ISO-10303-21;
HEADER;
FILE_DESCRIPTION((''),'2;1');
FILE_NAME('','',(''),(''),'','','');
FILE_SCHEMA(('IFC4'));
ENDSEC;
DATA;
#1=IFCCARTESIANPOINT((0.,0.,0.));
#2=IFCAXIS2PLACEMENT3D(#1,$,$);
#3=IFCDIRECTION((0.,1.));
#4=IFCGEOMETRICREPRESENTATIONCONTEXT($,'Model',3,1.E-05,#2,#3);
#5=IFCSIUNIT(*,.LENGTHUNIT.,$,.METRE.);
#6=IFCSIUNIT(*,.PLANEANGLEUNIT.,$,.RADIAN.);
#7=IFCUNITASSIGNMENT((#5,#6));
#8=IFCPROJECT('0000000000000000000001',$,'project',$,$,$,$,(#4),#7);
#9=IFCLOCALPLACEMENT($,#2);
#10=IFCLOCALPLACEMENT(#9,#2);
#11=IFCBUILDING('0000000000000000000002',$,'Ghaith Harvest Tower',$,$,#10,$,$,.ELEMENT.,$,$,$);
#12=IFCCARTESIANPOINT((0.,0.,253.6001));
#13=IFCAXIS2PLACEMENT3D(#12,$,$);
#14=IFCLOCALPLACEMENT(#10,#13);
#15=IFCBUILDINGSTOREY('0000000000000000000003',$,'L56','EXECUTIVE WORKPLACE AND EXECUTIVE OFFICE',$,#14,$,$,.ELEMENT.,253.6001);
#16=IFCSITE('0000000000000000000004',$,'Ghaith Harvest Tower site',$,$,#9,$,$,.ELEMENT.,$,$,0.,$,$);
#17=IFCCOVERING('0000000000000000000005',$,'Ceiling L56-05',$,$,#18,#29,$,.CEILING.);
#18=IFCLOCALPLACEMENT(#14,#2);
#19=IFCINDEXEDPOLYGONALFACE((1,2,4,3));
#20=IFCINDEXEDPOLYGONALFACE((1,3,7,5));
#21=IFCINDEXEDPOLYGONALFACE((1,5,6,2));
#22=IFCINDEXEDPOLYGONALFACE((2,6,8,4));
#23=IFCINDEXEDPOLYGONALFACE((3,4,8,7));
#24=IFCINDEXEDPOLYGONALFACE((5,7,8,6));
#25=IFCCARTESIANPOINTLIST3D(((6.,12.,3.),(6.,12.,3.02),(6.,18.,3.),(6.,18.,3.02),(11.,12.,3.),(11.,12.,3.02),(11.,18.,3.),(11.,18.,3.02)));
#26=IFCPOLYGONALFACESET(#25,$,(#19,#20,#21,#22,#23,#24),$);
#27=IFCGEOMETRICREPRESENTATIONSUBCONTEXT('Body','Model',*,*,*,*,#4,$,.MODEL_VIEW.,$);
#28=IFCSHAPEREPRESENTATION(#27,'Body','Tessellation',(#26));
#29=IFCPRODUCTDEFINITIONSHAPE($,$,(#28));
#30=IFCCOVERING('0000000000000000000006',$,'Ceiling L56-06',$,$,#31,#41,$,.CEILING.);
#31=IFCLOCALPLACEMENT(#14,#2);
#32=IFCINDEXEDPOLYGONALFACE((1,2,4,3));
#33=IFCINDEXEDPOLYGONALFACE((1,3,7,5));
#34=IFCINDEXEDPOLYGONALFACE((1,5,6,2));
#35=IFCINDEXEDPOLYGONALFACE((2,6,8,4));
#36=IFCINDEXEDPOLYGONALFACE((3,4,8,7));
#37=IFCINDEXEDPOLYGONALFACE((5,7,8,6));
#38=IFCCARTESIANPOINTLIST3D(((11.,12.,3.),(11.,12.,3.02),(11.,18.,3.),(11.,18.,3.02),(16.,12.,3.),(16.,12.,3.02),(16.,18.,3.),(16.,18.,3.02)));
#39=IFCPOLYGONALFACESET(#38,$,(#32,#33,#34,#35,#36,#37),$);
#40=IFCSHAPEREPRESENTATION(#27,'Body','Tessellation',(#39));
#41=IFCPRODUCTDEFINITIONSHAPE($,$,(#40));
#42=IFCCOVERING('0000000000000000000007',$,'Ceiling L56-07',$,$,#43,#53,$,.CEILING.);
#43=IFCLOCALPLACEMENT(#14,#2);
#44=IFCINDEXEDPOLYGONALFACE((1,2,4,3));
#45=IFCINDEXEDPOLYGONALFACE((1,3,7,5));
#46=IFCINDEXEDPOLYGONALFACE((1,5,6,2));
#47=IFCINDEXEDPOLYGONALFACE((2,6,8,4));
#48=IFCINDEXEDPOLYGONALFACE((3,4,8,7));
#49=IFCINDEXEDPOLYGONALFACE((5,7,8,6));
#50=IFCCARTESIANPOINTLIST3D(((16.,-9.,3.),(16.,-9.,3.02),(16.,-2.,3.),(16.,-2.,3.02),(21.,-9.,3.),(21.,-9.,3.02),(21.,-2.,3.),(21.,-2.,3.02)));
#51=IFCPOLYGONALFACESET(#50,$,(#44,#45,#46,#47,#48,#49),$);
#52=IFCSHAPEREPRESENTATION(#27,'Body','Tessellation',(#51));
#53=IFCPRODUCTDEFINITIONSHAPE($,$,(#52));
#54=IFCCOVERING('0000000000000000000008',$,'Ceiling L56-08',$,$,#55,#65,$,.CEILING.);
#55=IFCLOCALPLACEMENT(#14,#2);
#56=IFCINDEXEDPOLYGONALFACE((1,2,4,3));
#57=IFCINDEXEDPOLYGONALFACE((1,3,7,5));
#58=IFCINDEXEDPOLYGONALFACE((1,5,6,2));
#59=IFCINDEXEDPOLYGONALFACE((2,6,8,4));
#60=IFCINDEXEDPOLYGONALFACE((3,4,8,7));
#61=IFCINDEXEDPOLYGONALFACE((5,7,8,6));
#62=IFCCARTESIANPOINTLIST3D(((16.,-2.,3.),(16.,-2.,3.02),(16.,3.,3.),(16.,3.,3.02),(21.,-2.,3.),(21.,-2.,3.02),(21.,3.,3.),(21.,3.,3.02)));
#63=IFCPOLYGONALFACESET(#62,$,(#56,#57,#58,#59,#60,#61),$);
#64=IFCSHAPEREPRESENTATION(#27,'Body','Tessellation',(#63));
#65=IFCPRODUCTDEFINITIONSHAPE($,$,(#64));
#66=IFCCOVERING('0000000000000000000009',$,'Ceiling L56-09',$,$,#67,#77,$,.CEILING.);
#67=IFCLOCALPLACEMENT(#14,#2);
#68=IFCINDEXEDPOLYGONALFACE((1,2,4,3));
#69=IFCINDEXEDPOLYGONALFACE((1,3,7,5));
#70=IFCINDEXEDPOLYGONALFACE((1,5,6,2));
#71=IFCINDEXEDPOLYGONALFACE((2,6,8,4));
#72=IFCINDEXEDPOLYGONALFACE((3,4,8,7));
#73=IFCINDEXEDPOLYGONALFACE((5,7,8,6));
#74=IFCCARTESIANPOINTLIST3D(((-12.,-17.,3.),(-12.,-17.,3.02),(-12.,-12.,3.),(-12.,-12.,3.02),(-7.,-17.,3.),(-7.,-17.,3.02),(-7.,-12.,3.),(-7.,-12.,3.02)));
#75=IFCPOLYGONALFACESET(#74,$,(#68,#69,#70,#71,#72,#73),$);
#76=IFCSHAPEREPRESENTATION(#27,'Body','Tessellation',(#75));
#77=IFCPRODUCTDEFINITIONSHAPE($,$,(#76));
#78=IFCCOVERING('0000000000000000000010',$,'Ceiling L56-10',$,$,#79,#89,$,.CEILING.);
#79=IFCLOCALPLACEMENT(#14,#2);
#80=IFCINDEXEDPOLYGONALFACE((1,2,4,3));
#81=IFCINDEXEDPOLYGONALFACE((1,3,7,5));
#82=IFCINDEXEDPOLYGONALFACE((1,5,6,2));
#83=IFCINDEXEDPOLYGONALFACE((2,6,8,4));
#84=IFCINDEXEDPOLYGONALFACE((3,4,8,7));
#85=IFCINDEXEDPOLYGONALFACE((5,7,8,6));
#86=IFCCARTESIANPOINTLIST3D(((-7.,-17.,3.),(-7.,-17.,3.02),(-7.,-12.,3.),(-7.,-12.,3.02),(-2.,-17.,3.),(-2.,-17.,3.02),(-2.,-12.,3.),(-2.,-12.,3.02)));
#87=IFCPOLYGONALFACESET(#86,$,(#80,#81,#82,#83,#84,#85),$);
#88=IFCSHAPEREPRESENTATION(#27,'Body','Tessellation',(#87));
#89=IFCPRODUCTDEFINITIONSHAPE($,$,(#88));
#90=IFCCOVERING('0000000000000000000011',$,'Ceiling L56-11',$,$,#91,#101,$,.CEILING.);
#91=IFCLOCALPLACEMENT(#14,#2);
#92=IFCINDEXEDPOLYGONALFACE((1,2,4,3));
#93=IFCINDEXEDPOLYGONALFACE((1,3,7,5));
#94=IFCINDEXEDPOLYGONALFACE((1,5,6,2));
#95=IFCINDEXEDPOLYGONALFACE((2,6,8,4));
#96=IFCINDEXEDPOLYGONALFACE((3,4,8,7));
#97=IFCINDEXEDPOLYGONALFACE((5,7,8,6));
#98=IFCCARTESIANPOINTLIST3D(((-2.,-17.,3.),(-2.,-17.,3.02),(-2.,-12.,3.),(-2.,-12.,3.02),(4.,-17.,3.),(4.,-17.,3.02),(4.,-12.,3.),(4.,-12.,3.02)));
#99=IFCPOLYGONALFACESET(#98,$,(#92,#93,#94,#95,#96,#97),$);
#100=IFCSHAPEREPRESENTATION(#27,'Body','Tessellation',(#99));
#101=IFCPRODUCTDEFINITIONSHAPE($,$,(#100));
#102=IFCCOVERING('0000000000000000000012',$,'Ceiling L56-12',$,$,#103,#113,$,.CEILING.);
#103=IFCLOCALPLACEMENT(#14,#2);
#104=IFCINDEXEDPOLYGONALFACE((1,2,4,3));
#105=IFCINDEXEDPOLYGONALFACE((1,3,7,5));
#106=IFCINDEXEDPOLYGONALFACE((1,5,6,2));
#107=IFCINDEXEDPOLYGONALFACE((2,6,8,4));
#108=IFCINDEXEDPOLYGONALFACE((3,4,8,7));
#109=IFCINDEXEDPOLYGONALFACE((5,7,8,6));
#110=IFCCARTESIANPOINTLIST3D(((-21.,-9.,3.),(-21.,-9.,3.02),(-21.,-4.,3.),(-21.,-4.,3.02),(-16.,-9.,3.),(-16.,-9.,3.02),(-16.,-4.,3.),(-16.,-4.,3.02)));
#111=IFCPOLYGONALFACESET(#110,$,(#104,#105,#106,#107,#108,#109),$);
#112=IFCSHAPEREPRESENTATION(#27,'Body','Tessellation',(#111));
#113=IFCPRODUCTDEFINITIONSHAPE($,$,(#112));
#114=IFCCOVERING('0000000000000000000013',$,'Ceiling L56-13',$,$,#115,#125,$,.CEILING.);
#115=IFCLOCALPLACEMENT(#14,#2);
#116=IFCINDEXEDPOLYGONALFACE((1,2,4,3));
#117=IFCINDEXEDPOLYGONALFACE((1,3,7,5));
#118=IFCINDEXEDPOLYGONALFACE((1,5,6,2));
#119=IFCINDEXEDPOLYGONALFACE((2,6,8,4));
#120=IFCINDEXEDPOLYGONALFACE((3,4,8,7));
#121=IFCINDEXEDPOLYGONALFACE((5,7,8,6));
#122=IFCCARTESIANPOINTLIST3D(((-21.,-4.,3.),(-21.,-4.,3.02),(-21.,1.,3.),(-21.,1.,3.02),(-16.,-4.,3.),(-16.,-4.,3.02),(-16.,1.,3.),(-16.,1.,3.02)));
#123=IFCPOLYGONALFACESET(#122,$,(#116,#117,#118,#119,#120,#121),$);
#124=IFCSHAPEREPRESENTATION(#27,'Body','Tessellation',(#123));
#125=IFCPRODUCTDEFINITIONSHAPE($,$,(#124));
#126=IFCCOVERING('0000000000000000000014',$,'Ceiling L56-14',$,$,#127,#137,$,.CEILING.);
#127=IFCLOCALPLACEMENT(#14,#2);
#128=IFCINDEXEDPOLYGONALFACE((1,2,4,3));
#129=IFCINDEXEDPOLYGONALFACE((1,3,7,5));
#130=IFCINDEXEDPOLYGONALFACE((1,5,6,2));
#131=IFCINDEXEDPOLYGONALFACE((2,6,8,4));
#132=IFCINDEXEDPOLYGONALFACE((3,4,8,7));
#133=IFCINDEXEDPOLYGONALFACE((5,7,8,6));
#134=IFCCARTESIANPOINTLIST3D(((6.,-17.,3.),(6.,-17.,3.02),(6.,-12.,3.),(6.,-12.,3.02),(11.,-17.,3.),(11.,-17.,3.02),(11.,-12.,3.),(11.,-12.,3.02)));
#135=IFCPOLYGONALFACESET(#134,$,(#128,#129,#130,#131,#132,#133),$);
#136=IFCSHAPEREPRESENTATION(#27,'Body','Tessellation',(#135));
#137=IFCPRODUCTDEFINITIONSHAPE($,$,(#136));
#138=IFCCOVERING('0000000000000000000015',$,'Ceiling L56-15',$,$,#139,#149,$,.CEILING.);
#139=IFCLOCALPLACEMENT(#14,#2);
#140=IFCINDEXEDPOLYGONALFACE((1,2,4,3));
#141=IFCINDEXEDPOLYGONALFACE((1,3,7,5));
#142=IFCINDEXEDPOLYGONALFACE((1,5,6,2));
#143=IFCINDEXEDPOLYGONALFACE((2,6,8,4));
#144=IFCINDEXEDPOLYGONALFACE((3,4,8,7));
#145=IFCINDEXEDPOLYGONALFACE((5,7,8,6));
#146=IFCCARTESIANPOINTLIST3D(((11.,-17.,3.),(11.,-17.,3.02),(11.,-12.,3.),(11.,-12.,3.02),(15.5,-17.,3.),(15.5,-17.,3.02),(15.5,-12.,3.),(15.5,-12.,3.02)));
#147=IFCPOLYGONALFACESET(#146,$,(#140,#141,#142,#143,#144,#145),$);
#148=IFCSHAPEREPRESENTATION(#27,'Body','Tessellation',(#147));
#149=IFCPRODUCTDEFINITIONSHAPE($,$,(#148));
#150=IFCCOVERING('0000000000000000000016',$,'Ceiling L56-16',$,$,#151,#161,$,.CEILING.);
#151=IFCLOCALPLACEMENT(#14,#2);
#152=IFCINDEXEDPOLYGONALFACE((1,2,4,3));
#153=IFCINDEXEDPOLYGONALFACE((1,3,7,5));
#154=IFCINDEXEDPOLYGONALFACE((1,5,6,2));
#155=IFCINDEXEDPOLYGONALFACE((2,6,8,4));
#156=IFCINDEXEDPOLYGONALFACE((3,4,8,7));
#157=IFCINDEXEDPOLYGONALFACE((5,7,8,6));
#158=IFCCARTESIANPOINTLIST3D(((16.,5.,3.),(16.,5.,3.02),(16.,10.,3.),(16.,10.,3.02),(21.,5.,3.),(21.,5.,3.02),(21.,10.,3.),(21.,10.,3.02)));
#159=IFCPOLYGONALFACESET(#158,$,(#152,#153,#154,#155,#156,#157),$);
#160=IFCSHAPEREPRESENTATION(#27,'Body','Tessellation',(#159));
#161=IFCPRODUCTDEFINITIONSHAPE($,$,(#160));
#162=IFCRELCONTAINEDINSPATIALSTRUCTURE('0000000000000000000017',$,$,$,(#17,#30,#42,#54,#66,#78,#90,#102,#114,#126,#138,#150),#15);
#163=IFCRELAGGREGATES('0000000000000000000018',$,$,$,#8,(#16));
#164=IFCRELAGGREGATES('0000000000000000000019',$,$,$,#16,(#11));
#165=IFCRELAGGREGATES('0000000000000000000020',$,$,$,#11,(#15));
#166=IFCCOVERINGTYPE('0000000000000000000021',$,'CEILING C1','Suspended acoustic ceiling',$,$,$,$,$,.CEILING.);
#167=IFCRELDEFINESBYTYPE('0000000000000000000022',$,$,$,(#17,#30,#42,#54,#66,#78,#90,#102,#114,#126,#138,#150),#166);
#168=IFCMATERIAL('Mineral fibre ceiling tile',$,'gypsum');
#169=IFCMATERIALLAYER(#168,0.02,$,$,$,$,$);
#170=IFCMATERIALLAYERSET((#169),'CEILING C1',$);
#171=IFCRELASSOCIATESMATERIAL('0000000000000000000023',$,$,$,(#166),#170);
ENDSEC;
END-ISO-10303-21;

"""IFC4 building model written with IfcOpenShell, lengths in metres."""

from ifc_helpers import new_model, si_unit, direction, frame, origin, place, context, subcontext, project, spatial, polyline, outline, extrude, material, layer, layer_set, type_object, element, save


model = new_model("IFC4")

# Units and contexts
model_context = context("Model", 3, precision=1e-05, world=origin(), true_north=direction((0.0, 1.0)))
body_context = subcontext(model_context, "Body", "Model", "MODEL_VIEW")
ifc_project = project(units=[si_unit("LENGTHUNIT", "METRE"), si_unit("PLANEANGLEUNIT", "RADIAN")], contexts=[model_context])

# Site, building, storey
site_placement = place(None, origin())
site = spatial("IfcSite", under=ifc_project, at=site_placement, Name="Ghaith Harvest Tower site", CompositionType="ELEMENT", RefElevation=0.0)
building_placement = place(site_placement, origin())
building = spatial("IfcBuilding", under=site, at=building_placement, Name="Ghaith Harvest Tower", CompositionType="ELEMENT")
storey_placement = place(building_placement, frame((0.0, 0.0, 253.6001)))
storey = spatial("IfcBuildingStorey", under=building, at=storey_placement, Name="L56", Description="EXECUTIVE WORKPLACE AND EXECUTIVE OFFICE", CompositionType="ELEMENT", Elevation=253.6001)

# Coverings
ifc_material_1 = material(Name="Mineral fibre ceiling tile", Category="gypsum")
ifc_layer_1 = layer(ifc_material_1, 0.02)
ifc_layer_set_1 = layer_set([ifc_layer_1], Name="CEILING C1")
covering_type = type_object("IfcCoveringType", Name="CEILING C1", Description="Suspended acoustic ceiling", PredefinedType="CEILING", material=ifc_layer_set_1)
covering_1_placement = place(storey_placement, frame((0.0, 0.0, 3.0)))
element("IfcCovering", 1, at=covering_1_placement, inside=storey, type_object=covering_type, Name="Ceiling L56-05", PredefinedType="CEILING", context=body_context, shape_type="SweptSolid", body=[
    extrude(outline(polyline([(6.0, 12.0), (11.0, 12.0), (11.0, 18.0), (6.0, 18.0), (6.0, 12.0)])), origin(), (0.0, 0.0, 1.0), 0.02),
])
covering_2_placement = place(storey_placement, frame((0.0, 0.0, 3.0)))
element("IfcCovering", 2, at=covering_2_placement, inside=storey, type_object=covering_type, Name="Ceiling L56-06", PredefinedType="CEILING", context=body_context, shape_type="SweptSolid", body=[
    extrude(outline(polyline([(11.0, 12.0), (16.0, 12.0), (16.0, 18.0), (11.0, 18.0), (11.0, 12.0)])), origin(), (0.0, 0.0, 1.0), 0.02),
])
covering_3_placement = place(storey_placement, frame((0.0, 0.0, 3.0)))
element("IfcCovering", 3, at=covering_3_placement, inside=storey, type_object=covering_type, Name="Ceiling L56-07", PredefinedType="CEILING", context=body_context, shape_type="SweptSolid", body=[
    extrude(outline(polyline([(16.0, -9.0), (21.0, -9.0), (21.0, -2.0), (16.0, -2.0), (16.0, -9.0)])), origin(), (0.0, 0.0, 1.0), 0.02),
])
covering_4_placement = place(storey_placement, frame((0.0, 0.0, 3.0)))
element("IfcCovering", 4, at=covering_4_placement, inside=storey, type_object=covering_type, Name="Ceiling L56-08", PredefinedType="CEILING", context=body_context, shape_type="SweptSolid", body=[
    extrude(outline(polyline([(16.0, -2.0), (21.0, -2.0), (21.0, 3.0), (16.0, 3.0), (16.0, -2.0)])), origin(), (0.0, 0.0, 1.0), 0.02),
])
covering_5_placement = place(storey_placement, frame((0.0, 0.0, 3.0)))
element("IfcCovering", 5, at=covering_5_placement, inside=storey, type_object=covering_type, Name="Ceiling L56-09", PredefinedType="CEILING", context=body_context, shape_type="SweptSolid", body=[
    extrude(outline(polyline([(-12.0, -17.0), (-7.0, -17.0), (-7.0, -12.0), (-12.0, -12.0), (-12.0, -17.0)])), origin(), (0.0, 0.0, 1.0), 0.02),
])
covering_6_placement = place(storey_placement, frame((0.0, 0.0, 3.0)))
element("IfcCovering", 6, at=covering_6_placement, inside=storey, type_object=covering_type, Name="Ceiling L56-10", PredefinedType="CEILING", context=body_context, shape_type="SweptSolid", body=[
    extrude(outline(polyline([(-7.0, -17.0), (-2.0, -17.0), (-2.0, -12.0), (-7.0, -12.0), (-7.0, -17.0)])), origin(), (0.0, 0.0, 1.0), 0.02),
])
covering_7_placement = place(storey_placement, frame((0.0, 0.0, 3.0)))
element("IfcCovering", 7, at=covering_7_placement, inside=storey, type_object=covering_type, Name="Ceiling L56-11", PredefinedType="CEILING", context=body_context, shape_type="SweptSolid", body=[
    extrude(outline(polyline([(-2.0, -17.0), (4.0, -17.0), (4.0, -12.0), (-2.0, -12.0), (-2.0, -17.0)])), origin(), (0.0, 0.0, 1.0), 0.02),
])
covering_8_placement = place(storey_placement, frame((0.0, 0.0, 3.0)))
element("IfcCovering", 8, at=covering_8_placement, inside=storey, type_object=covering_type, Name="Ceiling L56-12", PredefinedType="CEILING", context=body_context, shape_type="SweptSolid", body=[
    extrude(outline(polyline([(-21.0, -9.0), (-16.0, -9.0), (-16.0, -4.0), (-21.0, -4.0), (-21.0, -9.0)])), origin(), (0.0, 0.0, 1.0), 0.02),
])
covering_9_placement = place(storey_placement, frame((0.0, 0.0, 3.0)))
element("IfcCovering", 9, at=covering_9_placement, inside=storey, type_object=covering_type, Name="Ceiling L56-13", PredefinedType="CEILING", context=body_context, shape_type="SweptSolid", body=[
    extrude(outline(polyline([(-21.0, -4.0), (-16.0, -4.0), (-16.0, 1.0), (-21.0, 1.0), (-21.0, -4.0)])), origin(), (0.0, 0.0, 1.0), 0.02),
])
covering_10_placement = place(storey_placement, frame((0.0, 0.0, 3.0)))
element("IfcCovering", 10, at=covering_10_placement, inside=storey, type_object=covering_type, Name="Ceiling L56-14", PredefinedType="CEILING", context=body_context, shape_type="SweptSolid", body=[
    extrude(outline(polyline([(6.0, -17.0), (11.0, -17.0), (11.0, -12.0), (6.0, -12.0), (6.0, -17.0)])), origin(), (0.0, 0.0, 1.0), 0.02),
])
covering_11_placement = place(storey_placement, frame((0.0, 0.0, 3.0)))
element("IfcCovering", 11, at=covering_11_placement, inside=storey, type_object=covering_type, Name="Ceiling L56-15", PredefinedType="CEILING", context=body_context, shape_type="SweptSolid", body=[
    extrude(outline(polyline([(11.0, -17.0), (15.5, -17.0), (15.5, -12.0), (11.0, -12.0), (11.0, -17.0)])), origin(), (0.0, 0.0, 1.0), 0.02),
])
covering_12_placement = place(storey_placement, frame((0.0, 0.0, 3.0)))
element("IfcCovering", 12, at=covering_12_placement, inside=storey, type_object=covering_type, Name="Ceiling L56-16", PredefinedType="CEILING", context=body_context, shape_type="SweptSolid", body=[
    extrude(outline(polyline([(16.0, 5.0), (21.0, 5.0), (21.0, 10.0), (16.0, 10.0), (16.0, 5.0)])), origin(), (0.0, 0.0, 1.0), 0.02),
])

save(model, "model.ifc")
